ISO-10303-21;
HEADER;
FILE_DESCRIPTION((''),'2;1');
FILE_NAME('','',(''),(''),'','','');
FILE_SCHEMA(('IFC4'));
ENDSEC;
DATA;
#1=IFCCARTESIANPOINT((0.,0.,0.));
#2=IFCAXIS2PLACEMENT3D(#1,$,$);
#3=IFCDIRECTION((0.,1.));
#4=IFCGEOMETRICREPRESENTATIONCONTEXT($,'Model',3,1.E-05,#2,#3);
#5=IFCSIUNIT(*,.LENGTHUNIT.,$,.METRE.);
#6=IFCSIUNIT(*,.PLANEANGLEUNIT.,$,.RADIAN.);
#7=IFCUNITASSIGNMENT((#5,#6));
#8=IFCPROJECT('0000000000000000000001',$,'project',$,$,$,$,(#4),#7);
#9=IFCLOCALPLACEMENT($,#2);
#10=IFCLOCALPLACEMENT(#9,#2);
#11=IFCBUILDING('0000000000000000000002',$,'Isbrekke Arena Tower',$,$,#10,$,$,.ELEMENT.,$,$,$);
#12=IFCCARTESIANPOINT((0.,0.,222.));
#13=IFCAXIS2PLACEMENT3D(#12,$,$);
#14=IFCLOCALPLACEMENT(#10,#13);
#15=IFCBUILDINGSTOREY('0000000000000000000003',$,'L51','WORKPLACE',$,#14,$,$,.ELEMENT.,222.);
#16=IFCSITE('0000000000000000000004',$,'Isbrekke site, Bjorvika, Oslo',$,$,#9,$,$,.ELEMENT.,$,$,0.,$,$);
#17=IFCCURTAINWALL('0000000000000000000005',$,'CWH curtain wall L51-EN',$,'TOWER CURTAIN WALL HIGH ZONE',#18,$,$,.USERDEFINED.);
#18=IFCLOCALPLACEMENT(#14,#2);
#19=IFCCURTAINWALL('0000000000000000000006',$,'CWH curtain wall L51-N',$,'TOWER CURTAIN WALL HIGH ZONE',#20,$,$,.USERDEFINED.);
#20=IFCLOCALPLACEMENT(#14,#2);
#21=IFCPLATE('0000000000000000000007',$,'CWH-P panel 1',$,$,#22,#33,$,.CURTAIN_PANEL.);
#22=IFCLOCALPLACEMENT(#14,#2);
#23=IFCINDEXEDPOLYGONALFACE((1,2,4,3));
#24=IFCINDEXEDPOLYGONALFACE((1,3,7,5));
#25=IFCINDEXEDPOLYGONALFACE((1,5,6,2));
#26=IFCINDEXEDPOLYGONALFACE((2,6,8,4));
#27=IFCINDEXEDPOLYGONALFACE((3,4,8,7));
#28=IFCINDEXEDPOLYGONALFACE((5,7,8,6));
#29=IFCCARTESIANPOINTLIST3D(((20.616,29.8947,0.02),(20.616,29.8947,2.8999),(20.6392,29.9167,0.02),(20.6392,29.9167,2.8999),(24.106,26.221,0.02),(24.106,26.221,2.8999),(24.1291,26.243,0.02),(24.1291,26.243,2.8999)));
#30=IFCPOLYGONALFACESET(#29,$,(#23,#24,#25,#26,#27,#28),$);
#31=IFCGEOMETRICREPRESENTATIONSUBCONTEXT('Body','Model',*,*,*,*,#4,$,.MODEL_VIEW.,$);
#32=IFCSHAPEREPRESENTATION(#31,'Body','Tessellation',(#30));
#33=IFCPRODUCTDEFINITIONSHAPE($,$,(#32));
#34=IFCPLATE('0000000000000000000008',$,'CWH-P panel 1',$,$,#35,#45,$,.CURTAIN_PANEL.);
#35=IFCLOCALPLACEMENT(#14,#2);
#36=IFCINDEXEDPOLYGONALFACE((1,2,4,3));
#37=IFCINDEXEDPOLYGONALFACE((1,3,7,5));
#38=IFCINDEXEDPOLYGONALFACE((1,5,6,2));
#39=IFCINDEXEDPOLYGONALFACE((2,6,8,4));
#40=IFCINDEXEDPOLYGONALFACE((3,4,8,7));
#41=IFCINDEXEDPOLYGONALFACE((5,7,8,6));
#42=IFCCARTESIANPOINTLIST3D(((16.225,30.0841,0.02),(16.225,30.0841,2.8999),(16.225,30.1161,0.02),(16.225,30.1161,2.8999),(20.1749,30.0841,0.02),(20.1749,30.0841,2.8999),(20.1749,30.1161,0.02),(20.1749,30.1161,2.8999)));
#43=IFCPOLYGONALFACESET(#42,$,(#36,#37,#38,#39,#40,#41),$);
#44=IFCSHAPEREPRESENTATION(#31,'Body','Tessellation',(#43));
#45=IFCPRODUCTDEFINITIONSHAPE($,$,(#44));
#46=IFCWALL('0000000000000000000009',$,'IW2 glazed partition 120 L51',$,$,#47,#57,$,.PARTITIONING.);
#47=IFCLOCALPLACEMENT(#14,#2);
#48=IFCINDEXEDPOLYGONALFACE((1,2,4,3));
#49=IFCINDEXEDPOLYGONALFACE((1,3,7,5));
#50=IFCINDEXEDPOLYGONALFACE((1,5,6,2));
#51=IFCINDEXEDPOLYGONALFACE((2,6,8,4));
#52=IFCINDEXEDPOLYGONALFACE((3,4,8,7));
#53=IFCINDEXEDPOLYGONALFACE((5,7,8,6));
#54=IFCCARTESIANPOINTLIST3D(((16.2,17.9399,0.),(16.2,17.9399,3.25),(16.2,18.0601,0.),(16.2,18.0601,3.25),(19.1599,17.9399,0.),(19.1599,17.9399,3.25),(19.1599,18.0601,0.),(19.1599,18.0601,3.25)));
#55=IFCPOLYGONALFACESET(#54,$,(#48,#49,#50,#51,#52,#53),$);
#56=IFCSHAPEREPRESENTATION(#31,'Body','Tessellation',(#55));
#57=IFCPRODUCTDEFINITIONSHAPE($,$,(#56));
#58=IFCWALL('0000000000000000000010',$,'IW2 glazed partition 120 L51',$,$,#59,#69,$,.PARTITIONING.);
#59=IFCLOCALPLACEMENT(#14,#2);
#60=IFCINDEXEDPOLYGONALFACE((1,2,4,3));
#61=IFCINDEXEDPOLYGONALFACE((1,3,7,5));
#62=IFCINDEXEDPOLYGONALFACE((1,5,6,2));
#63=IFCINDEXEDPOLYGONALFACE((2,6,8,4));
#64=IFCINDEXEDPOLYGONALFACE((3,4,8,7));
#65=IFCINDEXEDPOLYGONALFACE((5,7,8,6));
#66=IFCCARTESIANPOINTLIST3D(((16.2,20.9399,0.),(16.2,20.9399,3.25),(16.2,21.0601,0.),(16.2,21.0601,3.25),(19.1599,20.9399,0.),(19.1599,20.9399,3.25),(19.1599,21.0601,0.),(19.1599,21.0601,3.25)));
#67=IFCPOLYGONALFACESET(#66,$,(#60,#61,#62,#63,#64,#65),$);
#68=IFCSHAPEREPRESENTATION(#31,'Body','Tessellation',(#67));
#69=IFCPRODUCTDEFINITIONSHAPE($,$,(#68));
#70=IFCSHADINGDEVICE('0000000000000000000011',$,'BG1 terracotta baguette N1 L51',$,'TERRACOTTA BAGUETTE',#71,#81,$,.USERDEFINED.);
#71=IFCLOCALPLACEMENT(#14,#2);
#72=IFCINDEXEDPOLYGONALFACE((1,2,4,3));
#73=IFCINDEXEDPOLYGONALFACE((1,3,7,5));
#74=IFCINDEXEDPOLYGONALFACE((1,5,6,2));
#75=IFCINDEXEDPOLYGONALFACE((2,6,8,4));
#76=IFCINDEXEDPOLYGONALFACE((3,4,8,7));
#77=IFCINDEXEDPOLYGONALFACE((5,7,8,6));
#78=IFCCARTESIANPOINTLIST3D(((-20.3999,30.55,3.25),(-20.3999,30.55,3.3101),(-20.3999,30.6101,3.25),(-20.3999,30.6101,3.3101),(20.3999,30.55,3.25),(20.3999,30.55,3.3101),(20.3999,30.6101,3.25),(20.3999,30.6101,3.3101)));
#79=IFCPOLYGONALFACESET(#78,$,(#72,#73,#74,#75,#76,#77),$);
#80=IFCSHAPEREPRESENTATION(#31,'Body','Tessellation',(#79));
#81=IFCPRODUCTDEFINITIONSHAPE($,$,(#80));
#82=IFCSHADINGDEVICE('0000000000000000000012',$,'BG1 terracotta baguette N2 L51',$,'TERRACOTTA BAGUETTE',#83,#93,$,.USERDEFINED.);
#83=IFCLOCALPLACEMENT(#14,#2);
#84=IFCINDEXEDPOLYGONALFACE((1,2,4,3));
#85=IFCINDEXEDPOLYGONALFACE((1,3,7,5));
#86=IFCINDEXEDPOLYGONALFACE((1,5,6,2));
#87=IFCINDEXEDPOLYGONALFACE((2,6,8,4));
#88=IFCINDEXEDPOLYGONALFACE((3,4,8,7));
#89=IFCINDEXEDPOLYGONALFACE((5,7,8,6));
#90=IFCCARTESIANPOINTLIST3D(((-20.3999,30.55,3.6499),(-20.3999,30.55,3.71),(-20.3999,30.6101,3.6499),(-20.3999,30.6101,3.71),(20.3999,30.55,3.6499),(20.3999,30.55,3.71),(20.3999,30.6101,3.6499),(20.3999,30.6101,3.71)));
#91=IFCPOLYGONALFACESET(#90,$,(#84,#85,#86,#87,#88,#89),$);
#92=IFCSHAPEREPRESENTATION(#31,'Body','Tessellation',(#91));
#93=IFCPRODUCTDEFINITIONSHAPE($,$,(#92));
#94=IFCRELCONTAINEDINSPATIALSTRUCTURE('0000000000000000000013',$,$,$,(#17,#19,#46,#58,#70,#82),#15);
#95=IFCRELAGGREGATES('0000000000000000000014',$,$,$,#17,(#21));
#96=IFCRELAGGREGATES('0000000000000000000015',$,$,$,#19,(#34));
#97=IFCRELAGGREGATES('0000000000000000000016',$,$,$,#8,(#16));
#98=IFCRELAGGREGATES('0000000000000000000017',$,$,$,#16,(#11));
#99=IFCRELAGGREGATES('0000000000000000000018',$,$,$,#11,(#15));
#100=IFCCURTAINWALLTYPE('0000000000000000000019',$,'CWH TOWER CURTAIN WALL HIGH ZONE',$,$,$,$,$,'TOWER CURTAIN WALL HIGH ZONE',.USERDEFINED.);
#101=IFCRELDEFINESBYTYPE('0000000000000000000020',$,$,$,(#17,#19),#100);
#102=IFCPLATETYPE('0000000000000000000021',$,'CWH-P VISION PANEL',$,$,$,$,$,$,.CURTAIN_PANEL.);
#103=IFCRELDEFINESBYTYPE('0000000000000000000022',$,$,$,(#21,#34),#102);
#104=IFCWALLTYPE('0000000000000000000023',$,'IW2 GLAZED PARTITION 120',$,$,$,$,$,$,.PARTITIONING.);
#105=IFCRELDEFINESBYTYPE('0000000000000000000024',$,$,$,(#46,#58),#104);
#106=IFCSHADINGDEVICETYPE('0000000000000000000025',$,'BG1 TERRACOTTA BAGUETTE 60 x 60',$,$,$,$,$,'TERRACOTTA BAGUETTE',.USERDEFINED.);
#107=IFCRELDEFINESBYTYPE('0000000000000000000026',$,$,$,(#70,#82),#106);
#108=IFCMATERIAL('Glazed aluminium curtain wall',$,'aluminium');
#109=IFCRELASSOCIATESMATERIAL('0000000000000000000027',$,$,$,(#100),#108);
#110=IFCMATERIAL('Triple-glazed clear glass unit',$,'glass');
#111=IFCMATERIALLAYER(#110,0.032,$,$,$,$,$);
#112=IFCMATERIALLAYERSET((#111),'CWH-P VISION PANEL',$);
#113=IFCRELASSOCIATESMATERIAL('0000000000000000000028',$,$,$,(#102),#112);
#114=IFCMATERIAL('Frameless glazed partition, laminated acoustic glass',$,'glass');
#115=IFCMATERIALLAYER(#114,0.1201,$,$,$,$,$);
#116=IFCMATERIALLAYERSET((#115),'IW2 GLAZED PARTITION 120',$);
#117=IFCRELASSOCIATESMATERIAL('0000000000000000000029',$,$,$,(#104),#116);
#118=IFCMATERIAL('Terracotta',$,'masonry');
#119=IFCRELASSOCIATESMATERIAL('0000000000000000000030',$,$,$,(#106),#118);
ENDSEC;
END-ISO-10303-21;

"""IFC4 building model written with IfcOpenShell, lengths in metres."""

from ifc_helpers import new_model, si_unit, direction, frame, frame_2d, origin, origin_2d, place, context, subcontext, project, spatial, rectangle, extrude, material, layer, layer_set, material_profile, profile_set, type_object, element, aggregate, save


model = new_model("IFC4")

# Units and contexts
model_context = context("Model", 3, precision=1e-05, world=origin(), true_north=direction((0.0, 1.0)))
body_context = subcontext(model_context, "Body", "Model", "MODEL_VIEW")
ifc_project = project(units=[si_unit("LENGTHUNIT", "METRE"), si_unit("PLANEANGLEUNIT", "RADIAN")], contexts=[model_context])

# Site, building, storey
site_placement = place(None, origin())
site = spatial("IfcSite", under=ifc_project, at=site_placement, Name="Isbrekke site, Bjorvika, Oslo", CompositionType="ELEMENT", RefElevation=0.0)
building_placement = place(site_placement, origin())
building = spatial("IfcBuilding", under=site, at=building_placement, Name="Isbrekke Arena Tower", CompositionType="ELEMENT")
storey_placement = place(building_placement, frame((0.0, 0.0, 222.0)))
storey = spatial("IfcBuildingStorey", under=building, at=storey_placement, Name="L51", Description="WORKPLACE", CompositionType="ELEMENT", Elevation=222.0)

# Shared definitions
ifc_material_1 = material(Name="Glazed aluminium curtain wall", Category="aluminium")
curtain_wall_type = type_object("IfcCurtainWallType", Name="CWH TOWER CURTAIN WALL HIGH ZONE", ElementType="TOWER CURTAIN WALL HIGH ZONE", PredefinedType="USERDEFINED", material=ifc_material_1)

# Curtain walls
curtain_wall_1_placement = place(storey_placement, origin())
curtain_wall_1 = element("IfcCurtainWall", 1, at=curtain_wall_1_placement, inside=storey, type_object=curtain_wall_type, Name="CWH curtain wall L51-EN", ObjectType="TOWER CURTAIN WALL HIGH ZONE", PredefinedType="USERDEFINED")
curtain_wall_2_placement = place(storey_placement, origin())
curtain_wall_2 = element("IfcCurtainWall", 2, at=curtain_wall_2_placement, inside=storey, type_object=curtain_wall_type, Name="CWH curtain wall L51-N", ObjectType="TOWER CURTAIN WALL HIGH ZONE", PredefinedType="USERDEFINED")

# Plates
ifc_material_2 = material(Name="Triple-glazed clear glass unit", Category="glass")
ifc_layer_1 = layer(ifc_material_2, 0.032)
ifc_layer_set_1 = layer_set([ifc_layer_1], Name="CWH-P VISION PANEL")
plate_type = type_object("IfcPlateType", Name="CWH-P VISION PANEL", PredefinedType="CURTAIN_PANEL", material=ifc_layer_set_1)
plate_1_placement = place(storey_placement, frame((22.3726, 28.0688, 0.02), z_axis=(0.0, 0.0, 1.0), x_axis=(-0.688749, 0.724999, 0.0)))
plate_1 = element("IfcPlate", 3, at=plate_1_placement, type_object=plate_type, Name="CWH-P panel 1", PredefinedType="CURTAIN_PANEL", context=body_context, shape_type="SweptSolid", body=[
    extrude(rectangle(XDim=5.0671, YDim=0.032, at=origin_2d()), origin(), (0.0, 0.0, 1.0), 2.8799),
])
aggregate(curtain_wall_1, [plate_1])
plate_2_placement = place(storey_placement, frame((18.2, 30.1001, 0.02), z_axis=(0.0, 0.0, 1.0), x_axis=(-1.0, 0.0, 0.0)))
plate_2 = element("IfcPlate", 4, at=plate_2_placement, type_object=plate_type, Name="CWH-P panel 1", PredefinedType="CURTAIN_PANEL", context=body_context, shape_type="SweptSolid", body=[
    extrude(rectangle(XDim=3.95, YDim=0.032, at=origin_2d()), origin(), (0.0, 0.0, 1.0), 2.8799),
])
aggregate(curtain_wall_2, [plate_2])

# Walls
ifc_material_3 = material(Name="Frameless glazed partition, laminated acoustic glass", Category="glass")
ifc_layer_2 = layer(ifc_material_3, 0.1201)
ifc_layer_set_2 = layer_set([ifc_layer_2], Name="IW2 GLAZED PARTITION 120")
wall_type = type_object("IfcWallType", Name="IW2 GLAZED PARTITION 120", PredefinedType="PARTITIONING", material=ifc_layer_set_2)
for number, where, z_axis, x_axis, name in (
    (5, (16.2, 18.0, 0.0), (0.0, 0.0, 1.0), (1.0, 0.0, 0.0), "IW2 glazed partition 120 L51"),
    (6, (16.2, 21.0, 0.0), (0.0, 0.0, 1.0), (1.0, 0.0, 0.0), "IW2 glazed partition 120 L51"),
):
    element("IfcWall", number, at=place(storey_placement, frame(where, z_axis=z_axis, x_axis=x_axis)), inside=storey, type_object=wall_type, Name=name, PredefinedType="PARTITIONING", context=body_context, shape_type="SweptSolid", body=[
        extrude(rectangle(XDim=2.96, YDim=0.1201, at=frame_2d((1.48, 0.0))), origin(), (0.0, 0.0, 1.0), 3.25),
    ])

# Shading devices
ifc_material_4 = material(Name="Terracotta", Category="masonry")
ifc_material_profile_1 = material_profile(ifc_material_4, rectangle(XDim=0.0601, YDim=0.0601, at=origin_2d()), Name="BAGUETTE 60X60")
ifc_profile_set_1 = profile_set([ifc_material_profile_1], Name="Terracotta")
shading_device_type = type_object("IfcShadingDeviceType", Name="BG1 TERRACOTTA BAGUETTE 60 x 60", ElementType="TERRACOTTA BAGUETTE", PredefinedType="USERDEFINED", material=ifc_profile_set_1)
for number, where, z_axis, x_axis, name in (
    (7, (20.3999, 30.5801, 3.28), (-1.0, 0.0, 0.0), (0.0, -1.0, 0.0), "BG1 terracotta baguette N1 L51"),
    (8, (20.3999, 30.5801, 3.6799), (-1.0, 0.0, 0.0), (0.0, -1.0, 0.0), "BG1 terracotta baguette N2 L51"),
):
    element("IfcShadingDevice", number, at=place(storey_placement, frame(where, z_axis=z_axis, x_axis=x_axis)), inside=storey, type_object=shading_device_type, Name=name, ObjectType="TERRACOTTA BAGUETTE", PredefinedType="USERDEFINED", context=body_context, shape_type="SweptSolid", body=[
        extrude(rectangle(XDim=0.0601, YDim=0.0601, at=origin_2d()), origin(), (0.0, 0.0, 1.0), 40.7998),
    ])

save(model, "model.ifc")
